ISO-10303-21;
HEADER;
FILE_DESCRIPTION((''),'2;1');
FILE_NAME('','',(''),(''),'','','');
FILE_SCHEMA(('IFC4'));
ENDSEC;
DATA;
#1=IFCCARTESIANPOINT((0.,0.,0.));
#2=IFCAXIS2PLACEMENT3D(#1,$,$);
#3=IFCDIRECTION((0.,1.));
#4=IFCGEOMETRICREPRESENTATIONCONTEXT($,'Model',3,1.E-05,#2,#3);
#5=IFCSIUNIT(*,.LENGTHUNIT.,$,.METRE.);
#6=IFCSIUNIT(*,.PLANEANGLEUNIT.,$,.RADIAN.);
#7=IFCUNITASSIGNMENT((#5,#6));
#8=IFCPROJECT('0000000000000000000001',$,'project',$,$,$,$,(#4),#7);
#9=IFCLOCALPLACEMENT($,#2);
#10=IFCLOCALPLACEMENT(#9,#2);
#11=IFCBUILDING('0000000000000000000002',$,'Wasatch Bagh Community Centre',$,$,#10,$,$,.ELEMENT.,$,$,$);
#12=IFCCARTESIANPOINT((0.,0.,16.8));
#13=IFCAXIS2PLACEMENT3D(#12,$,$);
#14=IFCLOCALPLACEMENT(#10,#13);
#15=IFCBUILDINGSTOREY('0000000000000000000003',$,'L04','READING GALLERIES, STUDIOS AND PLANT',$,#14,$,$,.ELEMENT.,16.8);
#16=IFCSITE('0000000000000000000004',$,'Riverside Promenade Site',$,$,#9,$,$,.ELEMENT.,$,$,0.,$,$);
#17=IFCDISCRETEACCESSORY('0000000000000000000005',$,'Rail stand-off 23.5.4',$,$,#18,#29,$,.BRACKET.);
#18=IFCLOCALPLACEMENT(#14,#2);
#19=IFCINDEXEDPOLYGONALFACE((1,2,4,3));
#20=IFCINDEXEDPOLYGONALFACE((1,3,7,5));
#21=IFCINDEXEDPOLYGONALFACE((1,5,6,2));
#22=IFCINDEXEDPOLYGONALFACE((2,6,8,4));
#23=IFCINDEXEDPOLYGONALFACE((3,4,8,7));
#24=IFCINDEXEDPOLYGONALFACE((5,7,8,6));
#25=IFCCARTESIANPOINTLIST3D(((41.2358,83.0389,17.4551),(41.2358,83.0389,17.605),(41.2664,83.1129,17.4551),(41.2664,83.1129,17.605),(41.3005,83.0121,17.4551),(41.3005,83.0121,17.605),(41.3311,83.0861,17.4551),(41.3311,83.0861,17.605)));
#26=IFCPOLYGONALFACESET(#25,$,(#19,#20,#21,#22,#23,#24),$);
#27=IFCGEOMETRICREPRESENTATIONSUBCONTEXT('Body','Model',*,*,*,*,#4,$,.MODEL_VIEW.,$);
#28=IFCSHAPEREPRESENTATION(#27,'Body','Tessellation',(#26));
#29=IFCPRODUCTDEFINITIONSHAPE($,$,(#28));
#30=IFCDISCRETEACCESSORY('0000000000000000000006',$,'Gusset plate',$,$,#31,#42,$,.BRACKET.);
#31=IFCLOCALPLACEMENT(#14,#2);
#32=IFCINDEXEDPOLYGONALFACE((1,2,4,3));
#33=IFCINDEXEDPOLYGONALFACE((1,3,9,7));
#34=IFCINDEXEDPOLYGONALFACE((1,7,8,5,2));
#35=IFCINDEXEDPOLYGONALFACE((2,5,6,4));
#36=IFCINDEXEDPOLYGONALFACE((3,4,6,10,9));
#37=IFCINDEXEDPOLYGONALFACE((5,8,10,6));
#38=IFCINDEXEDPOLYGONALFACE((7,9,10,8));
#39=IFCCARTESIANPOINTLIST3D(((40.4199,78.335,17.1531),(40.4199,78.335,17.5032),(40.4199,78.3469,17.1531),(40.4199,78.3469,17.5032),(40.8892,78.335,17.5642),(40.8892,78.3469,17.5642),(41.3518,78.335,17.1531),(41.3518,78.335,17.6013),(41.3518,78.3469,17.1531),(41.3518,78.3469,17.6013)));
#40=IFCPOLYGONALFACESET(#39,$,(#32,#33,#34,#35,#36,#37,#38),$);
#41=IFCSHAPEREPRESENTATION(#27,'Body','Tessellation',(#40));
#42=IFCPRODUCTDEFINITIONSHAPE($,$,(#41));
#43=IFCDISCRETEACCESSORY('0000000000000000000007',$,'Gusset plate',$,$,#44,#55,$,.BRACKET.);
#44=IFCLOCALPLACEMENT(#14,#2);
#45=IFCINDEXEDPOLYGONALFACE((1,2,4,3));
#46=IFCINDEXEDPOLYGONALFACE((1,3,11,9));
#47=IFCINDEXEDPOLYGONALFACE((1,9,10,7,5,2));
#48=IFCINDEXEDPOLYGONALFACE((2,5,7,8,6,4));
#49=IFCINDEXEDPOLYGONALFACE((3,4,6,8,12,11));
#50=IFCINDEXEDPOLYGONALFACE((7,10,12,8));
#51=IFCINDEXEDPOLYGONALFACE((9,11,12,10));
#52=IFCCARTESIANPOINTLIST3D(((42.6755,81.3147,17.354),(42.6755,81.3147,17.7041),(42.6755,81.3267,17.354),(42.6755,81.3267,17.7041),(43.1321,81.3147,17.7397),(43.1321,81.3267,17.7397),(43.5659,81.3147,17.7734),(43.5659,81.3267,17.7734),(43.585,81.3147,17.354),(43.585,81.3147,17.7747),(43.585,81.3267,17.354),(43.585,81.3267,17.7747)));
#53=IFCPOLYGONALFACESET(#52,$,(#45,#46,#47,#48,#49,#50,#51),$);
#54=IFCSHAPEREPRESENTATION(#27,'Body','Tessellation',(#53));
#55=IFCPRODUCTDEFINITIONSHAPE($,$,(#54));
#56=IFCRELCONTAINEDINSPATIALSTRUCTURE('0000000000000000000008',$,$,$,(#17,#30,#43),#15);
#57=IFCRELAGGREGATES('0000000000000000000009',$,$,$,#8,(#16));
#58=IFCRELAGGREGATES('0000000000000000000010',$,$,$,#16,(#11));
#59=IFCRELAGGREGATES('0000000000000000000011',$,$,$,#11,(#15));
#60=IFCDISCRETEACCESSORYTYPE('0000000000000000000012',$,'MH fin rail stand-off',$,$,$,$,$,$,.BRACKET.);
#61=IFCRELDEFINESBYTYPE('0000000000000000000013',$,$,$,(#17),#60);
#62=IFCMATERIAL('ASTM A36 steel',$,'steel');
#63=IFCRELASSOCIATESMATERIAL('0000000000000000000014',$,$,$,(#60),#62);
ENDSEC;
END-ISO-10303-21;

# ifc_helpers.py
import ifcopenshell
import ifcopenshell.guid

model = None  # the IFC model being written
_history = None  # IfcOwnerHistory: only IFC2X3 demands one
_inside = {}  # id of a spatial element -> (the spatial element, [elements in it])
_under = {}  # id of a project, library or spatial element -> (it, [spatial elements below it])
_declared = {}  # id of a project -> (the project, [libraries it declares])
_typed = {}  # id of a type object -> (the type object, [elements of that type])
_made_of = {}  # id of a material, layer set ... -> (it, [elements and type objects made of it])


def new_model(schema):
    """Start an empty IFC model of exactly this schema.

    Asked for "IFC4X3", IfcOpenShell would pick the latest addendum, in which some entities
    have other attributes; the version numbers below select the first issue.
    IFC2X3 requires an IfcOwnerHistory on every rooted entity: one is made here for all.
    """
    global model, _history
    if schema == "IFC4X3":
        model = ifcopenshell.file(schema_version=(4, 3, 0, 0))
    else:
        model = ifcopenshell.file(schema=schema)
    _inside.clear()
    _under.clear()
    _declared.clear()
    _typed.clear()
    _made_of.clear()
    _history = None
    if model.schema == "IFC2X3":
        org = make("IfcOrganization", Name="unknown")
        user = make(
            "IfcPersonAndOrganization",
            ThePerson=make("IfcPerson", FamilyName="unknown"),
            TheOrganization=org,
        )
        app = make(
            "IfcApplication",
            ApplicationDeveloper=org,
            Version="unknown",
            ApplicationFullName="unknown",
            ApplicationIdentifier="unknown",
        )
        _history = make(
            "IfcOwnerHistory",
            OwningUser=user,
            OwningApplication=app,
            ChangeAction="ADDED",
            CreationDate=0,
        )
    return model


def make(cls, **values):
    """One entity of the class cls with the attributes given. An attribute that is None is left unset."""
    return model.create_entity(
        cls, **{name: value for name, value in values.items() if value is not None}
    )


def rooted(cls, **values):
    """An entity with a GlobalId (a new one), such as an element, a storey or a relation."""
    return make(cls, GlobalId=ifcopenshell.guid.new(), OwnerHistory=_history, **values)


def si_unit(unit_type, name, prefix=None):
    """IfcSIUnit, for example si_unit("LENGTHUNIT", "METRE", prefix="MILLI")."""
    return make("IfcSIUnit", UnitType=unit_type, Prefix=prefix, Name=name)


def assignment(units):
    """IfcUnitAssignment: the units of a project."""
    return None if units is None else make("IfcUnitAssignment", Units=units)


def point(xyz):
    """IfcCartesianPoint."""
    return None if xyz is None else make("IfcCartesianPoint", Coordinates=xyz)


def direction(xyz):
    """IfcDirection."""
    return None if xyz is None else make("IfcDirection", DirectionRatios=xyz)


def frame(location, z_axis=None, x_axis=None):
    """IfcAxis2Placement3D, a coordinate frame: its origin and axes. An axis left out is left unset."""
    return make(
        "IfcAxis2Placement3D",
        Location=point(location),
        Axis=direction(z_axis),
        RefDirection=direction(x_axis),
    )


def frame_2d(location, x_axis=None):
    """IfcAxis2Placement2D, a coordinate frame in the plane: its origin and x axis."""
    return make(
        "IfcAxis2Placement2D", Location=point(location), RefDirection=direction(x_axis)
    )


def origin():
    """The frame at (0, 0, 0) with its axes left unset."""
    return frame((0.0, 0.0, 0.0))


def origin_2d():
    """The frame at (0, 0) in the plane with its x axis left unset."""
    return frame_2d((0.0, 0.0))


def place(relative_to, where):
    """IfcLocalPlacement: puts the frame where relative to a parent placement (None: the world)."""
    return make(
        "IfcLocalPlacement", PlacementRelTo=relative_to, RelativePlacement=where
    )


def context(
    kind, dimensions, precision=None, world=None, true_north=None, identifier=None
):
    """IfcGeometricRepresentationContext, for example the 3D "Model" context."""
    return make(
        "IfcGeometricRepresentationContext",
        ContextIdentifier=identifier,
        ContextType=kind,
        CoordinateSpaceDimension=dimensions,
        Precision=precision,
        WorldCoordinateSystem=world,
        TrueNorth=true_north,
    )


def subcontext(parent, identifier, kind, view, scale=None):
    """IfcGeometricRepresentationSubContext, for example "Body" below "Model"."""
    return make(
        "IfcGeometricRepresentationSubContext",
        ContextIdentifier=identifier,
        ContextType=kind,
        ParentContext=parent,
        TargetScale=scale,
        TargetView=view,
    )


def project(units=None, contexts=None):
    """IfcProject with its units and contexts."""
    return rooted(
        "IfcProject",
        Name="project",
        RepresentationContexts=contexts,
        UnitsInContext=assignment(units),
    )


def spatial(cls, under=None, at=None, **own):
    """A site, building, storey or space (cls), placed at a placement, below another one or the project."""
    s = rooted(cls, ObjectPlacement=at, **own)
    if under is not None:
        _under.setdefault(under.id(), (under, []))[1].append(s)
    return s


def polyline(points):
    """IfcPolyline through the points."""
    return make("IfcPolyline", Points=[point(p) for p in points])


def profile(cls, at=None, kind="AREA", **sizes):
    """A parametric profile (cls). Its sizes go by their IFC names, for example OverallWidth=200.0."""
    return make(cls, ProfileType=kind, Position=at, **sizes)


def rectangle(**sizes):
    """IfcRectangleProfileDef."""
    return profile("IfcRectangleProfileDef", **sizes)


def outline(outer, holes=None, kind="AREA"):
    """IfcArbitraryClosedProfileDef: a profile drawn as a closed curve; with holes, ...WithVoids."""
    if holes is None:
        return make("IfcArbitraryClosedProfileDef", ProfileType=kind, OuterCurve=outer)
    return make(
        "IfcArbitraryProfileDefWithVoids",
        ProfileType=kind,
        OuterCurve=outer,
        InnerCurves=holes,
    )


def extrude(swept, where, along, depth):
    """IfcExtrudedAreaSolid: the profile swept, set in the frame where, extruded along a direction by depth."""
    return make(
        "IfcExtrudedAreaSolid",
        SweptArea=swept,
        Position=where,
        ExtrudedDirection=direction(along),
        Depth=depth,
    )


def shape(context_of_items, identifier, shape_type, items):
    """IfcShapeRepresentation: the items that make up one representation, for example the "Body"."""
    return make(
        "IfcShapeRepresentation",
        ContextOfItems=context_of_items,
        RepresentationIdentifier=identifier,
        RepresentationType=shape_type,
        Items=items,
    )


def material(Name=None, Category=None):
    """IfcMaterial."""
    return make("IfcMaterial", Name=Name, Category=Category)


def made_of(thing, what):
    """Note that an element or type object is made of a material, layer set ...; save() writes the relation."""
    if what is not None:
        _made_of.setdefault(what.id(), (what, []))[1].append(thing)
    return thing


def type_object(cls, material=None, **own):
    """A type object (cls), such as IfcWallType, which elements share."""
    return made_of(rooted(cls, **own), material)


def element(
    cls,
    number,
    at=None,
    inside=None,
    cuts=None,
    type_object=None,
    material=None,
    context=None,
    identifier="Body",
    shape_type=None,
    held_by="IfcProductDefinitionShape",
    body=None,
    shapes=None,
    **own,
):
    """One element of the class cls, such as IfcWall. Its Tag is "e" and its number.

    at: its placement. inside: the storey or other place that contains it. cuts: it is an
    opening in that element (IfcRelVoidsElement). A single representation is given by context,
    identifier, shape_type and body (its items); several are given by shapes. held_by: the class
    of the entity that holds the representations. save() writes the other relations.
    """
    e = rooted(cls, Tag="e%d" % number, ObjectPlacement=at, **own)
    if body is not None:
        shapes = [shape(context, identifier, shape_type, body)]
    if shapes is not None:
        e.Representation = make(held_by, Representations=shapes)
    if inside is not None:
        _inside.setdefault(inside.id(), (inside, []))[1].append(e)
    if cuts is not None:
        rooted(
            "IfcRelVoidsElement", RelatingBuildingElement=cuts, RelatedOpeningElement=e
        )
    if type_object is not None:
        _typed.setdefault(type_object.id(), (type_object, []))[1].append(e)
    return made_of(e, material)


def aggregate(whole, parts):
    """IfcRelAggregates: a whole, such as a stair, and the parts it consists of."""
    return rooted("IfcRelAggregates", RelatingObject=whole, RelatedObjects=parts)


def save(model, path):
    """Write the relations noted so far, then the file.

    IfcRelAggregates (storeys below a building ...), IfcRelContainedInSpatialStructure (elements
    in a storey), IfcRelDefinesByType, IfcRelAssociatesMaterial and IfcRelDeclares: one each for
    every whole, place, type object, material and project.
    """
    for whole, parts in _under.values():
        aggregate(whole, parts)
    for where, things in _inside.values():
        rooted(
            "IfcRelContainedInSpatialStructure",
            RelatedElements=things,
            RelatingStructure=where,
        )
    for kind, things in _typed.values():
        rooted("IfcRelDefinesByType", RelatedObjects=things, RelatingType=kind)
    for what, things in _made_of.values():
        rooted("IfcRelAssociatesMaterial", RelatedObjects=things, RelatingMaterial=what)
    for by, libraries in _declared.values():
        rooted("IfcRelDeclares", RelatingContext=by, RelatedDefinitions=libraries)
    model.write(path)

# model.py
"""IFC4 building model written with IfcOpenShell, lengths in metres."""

from ifc_helpers import new_model, si_unit, direction, frame, origin, origin_2d, place, context, subcontext, project, spatial, polyline, rectangle, outline, extrude, material, type_object, element, save


model = new_model("IFC4")

# Units and contexts
model_context = context("Model", 3, precision=1e-05, world=origin(), true_north=direction((0.0, 1.0)))
body_context = subcontext(model_context, "Body", "Model", "MODEL_VIEW")
ifc_project = project(units=[si_unit("LENGTHUNIT", "METRE"), si_unit("PLANEANGLEUNIT", "RADIAN")], contexts=[model_context])

# Site, building, storey
site_placement = place(None, origin())
site = spatial("IfcSite", under=ifc_project, at=site_placement, Name="Riverside Promenade Site", CompositionType="ELEMENT", RefElevation=0.0)
building_placement = place(site_placement, origin())
building = spatial("IfcBuilding", under=site, at=building_placement, Name="Wasatch Bagh Community Centre", CompositionType="ELEMENT")
storey_placement = place(building_placement, frame((0.0, 0.0, 16.8)))
storey = spatial("IfcBuildingStorey", under=building, at=storey_placement, Name="L04", Description="READING GALLERIES, STUDIOS AND PLANT", CompositionType="ELEMENT", Elevation=16.8)

# Discrete accessories
ifc_material_1 = material(Name="ASTM A36 steel", Category="steel")
discrete_accessory_type_1 = type_object("IfcDiscreteAccessoryType", Name="MH fin rail stand-off", PredefinedType="BRACKET", material=ifc_material_1)
for number, where, z_axis, x_axis, name in (
    (1, (41.2834, 83.0625, 17.4551), (0.0, 0.0, 1.0), (-0.92388, 0.382683, 0.0), "Rail stand-off 23.5.4"),
):
    element("IfcDiscreteAccessory", number, at=place(storey_placement, frame(where, z_axis=z_axis, x_axis=x_axis)), inside=storey, type_object=discrete_accessory_type_1, Name=name, PredefinedType="BRACKET", context=body_context, shape_type="SweptSolid", body=[
        extrude(rectangle(XDim=0.0701, YDim=0.0801, at=origin_2d()), origin(), (0.0, 0.0, 1.0), 0.1499),
    ])
discrete_accessory_1_placement = place(storey_placement, frame((40.4199, 78.3469, 17.5032), z_axis=(0.0, 1.0, 0.0), x_axis=(0.991646, 0.0, 0.128986)))
element("IfcDiscreteAccessory", 2, at=discrete_accessory_1_placement, inside=storey, Name="Gusset plate", PredefinedType="BRACKET", context=body_context, shape_type="SweptSolid", body=[
    extrude(outline(polyline([(0.0, 0.0), (0.4732, 0.0), (0.9368, 0.0229), (0.8789, 0.4674), (-0.0452, 0.3472), (0.0, 0.0)])), origin(), (0.0, 0.0, -1.0), 0.012),
])
discrete_accessory_2_placement = place(storey_placement, frame((42.6755, 81.3267, 17.7041), z_axis=(0.0, 1.0, 0.0), x_axis=(0.996966, 0.0, 0.077838)))
element("IfcDiscreteAccessory", 3, at=discrete_accessory_2_placement, inside=storey, Name="Gusset plate", PredefinedType="BRACKET", context=body_context, shape_type="SweptSolid", body=[
    extrude(outline(polyline([(0.0, 0.0), (0.4579, 0.0), (0.8931, 0.0002), (0.9122, 0.0004), (0.8794, 0.4198), (-0.0273, 0.349), (0.0, 0.0)])), origin(), (0.0, 0.0, -1.0), 0.012),
])

save(model, "model.ifc")
